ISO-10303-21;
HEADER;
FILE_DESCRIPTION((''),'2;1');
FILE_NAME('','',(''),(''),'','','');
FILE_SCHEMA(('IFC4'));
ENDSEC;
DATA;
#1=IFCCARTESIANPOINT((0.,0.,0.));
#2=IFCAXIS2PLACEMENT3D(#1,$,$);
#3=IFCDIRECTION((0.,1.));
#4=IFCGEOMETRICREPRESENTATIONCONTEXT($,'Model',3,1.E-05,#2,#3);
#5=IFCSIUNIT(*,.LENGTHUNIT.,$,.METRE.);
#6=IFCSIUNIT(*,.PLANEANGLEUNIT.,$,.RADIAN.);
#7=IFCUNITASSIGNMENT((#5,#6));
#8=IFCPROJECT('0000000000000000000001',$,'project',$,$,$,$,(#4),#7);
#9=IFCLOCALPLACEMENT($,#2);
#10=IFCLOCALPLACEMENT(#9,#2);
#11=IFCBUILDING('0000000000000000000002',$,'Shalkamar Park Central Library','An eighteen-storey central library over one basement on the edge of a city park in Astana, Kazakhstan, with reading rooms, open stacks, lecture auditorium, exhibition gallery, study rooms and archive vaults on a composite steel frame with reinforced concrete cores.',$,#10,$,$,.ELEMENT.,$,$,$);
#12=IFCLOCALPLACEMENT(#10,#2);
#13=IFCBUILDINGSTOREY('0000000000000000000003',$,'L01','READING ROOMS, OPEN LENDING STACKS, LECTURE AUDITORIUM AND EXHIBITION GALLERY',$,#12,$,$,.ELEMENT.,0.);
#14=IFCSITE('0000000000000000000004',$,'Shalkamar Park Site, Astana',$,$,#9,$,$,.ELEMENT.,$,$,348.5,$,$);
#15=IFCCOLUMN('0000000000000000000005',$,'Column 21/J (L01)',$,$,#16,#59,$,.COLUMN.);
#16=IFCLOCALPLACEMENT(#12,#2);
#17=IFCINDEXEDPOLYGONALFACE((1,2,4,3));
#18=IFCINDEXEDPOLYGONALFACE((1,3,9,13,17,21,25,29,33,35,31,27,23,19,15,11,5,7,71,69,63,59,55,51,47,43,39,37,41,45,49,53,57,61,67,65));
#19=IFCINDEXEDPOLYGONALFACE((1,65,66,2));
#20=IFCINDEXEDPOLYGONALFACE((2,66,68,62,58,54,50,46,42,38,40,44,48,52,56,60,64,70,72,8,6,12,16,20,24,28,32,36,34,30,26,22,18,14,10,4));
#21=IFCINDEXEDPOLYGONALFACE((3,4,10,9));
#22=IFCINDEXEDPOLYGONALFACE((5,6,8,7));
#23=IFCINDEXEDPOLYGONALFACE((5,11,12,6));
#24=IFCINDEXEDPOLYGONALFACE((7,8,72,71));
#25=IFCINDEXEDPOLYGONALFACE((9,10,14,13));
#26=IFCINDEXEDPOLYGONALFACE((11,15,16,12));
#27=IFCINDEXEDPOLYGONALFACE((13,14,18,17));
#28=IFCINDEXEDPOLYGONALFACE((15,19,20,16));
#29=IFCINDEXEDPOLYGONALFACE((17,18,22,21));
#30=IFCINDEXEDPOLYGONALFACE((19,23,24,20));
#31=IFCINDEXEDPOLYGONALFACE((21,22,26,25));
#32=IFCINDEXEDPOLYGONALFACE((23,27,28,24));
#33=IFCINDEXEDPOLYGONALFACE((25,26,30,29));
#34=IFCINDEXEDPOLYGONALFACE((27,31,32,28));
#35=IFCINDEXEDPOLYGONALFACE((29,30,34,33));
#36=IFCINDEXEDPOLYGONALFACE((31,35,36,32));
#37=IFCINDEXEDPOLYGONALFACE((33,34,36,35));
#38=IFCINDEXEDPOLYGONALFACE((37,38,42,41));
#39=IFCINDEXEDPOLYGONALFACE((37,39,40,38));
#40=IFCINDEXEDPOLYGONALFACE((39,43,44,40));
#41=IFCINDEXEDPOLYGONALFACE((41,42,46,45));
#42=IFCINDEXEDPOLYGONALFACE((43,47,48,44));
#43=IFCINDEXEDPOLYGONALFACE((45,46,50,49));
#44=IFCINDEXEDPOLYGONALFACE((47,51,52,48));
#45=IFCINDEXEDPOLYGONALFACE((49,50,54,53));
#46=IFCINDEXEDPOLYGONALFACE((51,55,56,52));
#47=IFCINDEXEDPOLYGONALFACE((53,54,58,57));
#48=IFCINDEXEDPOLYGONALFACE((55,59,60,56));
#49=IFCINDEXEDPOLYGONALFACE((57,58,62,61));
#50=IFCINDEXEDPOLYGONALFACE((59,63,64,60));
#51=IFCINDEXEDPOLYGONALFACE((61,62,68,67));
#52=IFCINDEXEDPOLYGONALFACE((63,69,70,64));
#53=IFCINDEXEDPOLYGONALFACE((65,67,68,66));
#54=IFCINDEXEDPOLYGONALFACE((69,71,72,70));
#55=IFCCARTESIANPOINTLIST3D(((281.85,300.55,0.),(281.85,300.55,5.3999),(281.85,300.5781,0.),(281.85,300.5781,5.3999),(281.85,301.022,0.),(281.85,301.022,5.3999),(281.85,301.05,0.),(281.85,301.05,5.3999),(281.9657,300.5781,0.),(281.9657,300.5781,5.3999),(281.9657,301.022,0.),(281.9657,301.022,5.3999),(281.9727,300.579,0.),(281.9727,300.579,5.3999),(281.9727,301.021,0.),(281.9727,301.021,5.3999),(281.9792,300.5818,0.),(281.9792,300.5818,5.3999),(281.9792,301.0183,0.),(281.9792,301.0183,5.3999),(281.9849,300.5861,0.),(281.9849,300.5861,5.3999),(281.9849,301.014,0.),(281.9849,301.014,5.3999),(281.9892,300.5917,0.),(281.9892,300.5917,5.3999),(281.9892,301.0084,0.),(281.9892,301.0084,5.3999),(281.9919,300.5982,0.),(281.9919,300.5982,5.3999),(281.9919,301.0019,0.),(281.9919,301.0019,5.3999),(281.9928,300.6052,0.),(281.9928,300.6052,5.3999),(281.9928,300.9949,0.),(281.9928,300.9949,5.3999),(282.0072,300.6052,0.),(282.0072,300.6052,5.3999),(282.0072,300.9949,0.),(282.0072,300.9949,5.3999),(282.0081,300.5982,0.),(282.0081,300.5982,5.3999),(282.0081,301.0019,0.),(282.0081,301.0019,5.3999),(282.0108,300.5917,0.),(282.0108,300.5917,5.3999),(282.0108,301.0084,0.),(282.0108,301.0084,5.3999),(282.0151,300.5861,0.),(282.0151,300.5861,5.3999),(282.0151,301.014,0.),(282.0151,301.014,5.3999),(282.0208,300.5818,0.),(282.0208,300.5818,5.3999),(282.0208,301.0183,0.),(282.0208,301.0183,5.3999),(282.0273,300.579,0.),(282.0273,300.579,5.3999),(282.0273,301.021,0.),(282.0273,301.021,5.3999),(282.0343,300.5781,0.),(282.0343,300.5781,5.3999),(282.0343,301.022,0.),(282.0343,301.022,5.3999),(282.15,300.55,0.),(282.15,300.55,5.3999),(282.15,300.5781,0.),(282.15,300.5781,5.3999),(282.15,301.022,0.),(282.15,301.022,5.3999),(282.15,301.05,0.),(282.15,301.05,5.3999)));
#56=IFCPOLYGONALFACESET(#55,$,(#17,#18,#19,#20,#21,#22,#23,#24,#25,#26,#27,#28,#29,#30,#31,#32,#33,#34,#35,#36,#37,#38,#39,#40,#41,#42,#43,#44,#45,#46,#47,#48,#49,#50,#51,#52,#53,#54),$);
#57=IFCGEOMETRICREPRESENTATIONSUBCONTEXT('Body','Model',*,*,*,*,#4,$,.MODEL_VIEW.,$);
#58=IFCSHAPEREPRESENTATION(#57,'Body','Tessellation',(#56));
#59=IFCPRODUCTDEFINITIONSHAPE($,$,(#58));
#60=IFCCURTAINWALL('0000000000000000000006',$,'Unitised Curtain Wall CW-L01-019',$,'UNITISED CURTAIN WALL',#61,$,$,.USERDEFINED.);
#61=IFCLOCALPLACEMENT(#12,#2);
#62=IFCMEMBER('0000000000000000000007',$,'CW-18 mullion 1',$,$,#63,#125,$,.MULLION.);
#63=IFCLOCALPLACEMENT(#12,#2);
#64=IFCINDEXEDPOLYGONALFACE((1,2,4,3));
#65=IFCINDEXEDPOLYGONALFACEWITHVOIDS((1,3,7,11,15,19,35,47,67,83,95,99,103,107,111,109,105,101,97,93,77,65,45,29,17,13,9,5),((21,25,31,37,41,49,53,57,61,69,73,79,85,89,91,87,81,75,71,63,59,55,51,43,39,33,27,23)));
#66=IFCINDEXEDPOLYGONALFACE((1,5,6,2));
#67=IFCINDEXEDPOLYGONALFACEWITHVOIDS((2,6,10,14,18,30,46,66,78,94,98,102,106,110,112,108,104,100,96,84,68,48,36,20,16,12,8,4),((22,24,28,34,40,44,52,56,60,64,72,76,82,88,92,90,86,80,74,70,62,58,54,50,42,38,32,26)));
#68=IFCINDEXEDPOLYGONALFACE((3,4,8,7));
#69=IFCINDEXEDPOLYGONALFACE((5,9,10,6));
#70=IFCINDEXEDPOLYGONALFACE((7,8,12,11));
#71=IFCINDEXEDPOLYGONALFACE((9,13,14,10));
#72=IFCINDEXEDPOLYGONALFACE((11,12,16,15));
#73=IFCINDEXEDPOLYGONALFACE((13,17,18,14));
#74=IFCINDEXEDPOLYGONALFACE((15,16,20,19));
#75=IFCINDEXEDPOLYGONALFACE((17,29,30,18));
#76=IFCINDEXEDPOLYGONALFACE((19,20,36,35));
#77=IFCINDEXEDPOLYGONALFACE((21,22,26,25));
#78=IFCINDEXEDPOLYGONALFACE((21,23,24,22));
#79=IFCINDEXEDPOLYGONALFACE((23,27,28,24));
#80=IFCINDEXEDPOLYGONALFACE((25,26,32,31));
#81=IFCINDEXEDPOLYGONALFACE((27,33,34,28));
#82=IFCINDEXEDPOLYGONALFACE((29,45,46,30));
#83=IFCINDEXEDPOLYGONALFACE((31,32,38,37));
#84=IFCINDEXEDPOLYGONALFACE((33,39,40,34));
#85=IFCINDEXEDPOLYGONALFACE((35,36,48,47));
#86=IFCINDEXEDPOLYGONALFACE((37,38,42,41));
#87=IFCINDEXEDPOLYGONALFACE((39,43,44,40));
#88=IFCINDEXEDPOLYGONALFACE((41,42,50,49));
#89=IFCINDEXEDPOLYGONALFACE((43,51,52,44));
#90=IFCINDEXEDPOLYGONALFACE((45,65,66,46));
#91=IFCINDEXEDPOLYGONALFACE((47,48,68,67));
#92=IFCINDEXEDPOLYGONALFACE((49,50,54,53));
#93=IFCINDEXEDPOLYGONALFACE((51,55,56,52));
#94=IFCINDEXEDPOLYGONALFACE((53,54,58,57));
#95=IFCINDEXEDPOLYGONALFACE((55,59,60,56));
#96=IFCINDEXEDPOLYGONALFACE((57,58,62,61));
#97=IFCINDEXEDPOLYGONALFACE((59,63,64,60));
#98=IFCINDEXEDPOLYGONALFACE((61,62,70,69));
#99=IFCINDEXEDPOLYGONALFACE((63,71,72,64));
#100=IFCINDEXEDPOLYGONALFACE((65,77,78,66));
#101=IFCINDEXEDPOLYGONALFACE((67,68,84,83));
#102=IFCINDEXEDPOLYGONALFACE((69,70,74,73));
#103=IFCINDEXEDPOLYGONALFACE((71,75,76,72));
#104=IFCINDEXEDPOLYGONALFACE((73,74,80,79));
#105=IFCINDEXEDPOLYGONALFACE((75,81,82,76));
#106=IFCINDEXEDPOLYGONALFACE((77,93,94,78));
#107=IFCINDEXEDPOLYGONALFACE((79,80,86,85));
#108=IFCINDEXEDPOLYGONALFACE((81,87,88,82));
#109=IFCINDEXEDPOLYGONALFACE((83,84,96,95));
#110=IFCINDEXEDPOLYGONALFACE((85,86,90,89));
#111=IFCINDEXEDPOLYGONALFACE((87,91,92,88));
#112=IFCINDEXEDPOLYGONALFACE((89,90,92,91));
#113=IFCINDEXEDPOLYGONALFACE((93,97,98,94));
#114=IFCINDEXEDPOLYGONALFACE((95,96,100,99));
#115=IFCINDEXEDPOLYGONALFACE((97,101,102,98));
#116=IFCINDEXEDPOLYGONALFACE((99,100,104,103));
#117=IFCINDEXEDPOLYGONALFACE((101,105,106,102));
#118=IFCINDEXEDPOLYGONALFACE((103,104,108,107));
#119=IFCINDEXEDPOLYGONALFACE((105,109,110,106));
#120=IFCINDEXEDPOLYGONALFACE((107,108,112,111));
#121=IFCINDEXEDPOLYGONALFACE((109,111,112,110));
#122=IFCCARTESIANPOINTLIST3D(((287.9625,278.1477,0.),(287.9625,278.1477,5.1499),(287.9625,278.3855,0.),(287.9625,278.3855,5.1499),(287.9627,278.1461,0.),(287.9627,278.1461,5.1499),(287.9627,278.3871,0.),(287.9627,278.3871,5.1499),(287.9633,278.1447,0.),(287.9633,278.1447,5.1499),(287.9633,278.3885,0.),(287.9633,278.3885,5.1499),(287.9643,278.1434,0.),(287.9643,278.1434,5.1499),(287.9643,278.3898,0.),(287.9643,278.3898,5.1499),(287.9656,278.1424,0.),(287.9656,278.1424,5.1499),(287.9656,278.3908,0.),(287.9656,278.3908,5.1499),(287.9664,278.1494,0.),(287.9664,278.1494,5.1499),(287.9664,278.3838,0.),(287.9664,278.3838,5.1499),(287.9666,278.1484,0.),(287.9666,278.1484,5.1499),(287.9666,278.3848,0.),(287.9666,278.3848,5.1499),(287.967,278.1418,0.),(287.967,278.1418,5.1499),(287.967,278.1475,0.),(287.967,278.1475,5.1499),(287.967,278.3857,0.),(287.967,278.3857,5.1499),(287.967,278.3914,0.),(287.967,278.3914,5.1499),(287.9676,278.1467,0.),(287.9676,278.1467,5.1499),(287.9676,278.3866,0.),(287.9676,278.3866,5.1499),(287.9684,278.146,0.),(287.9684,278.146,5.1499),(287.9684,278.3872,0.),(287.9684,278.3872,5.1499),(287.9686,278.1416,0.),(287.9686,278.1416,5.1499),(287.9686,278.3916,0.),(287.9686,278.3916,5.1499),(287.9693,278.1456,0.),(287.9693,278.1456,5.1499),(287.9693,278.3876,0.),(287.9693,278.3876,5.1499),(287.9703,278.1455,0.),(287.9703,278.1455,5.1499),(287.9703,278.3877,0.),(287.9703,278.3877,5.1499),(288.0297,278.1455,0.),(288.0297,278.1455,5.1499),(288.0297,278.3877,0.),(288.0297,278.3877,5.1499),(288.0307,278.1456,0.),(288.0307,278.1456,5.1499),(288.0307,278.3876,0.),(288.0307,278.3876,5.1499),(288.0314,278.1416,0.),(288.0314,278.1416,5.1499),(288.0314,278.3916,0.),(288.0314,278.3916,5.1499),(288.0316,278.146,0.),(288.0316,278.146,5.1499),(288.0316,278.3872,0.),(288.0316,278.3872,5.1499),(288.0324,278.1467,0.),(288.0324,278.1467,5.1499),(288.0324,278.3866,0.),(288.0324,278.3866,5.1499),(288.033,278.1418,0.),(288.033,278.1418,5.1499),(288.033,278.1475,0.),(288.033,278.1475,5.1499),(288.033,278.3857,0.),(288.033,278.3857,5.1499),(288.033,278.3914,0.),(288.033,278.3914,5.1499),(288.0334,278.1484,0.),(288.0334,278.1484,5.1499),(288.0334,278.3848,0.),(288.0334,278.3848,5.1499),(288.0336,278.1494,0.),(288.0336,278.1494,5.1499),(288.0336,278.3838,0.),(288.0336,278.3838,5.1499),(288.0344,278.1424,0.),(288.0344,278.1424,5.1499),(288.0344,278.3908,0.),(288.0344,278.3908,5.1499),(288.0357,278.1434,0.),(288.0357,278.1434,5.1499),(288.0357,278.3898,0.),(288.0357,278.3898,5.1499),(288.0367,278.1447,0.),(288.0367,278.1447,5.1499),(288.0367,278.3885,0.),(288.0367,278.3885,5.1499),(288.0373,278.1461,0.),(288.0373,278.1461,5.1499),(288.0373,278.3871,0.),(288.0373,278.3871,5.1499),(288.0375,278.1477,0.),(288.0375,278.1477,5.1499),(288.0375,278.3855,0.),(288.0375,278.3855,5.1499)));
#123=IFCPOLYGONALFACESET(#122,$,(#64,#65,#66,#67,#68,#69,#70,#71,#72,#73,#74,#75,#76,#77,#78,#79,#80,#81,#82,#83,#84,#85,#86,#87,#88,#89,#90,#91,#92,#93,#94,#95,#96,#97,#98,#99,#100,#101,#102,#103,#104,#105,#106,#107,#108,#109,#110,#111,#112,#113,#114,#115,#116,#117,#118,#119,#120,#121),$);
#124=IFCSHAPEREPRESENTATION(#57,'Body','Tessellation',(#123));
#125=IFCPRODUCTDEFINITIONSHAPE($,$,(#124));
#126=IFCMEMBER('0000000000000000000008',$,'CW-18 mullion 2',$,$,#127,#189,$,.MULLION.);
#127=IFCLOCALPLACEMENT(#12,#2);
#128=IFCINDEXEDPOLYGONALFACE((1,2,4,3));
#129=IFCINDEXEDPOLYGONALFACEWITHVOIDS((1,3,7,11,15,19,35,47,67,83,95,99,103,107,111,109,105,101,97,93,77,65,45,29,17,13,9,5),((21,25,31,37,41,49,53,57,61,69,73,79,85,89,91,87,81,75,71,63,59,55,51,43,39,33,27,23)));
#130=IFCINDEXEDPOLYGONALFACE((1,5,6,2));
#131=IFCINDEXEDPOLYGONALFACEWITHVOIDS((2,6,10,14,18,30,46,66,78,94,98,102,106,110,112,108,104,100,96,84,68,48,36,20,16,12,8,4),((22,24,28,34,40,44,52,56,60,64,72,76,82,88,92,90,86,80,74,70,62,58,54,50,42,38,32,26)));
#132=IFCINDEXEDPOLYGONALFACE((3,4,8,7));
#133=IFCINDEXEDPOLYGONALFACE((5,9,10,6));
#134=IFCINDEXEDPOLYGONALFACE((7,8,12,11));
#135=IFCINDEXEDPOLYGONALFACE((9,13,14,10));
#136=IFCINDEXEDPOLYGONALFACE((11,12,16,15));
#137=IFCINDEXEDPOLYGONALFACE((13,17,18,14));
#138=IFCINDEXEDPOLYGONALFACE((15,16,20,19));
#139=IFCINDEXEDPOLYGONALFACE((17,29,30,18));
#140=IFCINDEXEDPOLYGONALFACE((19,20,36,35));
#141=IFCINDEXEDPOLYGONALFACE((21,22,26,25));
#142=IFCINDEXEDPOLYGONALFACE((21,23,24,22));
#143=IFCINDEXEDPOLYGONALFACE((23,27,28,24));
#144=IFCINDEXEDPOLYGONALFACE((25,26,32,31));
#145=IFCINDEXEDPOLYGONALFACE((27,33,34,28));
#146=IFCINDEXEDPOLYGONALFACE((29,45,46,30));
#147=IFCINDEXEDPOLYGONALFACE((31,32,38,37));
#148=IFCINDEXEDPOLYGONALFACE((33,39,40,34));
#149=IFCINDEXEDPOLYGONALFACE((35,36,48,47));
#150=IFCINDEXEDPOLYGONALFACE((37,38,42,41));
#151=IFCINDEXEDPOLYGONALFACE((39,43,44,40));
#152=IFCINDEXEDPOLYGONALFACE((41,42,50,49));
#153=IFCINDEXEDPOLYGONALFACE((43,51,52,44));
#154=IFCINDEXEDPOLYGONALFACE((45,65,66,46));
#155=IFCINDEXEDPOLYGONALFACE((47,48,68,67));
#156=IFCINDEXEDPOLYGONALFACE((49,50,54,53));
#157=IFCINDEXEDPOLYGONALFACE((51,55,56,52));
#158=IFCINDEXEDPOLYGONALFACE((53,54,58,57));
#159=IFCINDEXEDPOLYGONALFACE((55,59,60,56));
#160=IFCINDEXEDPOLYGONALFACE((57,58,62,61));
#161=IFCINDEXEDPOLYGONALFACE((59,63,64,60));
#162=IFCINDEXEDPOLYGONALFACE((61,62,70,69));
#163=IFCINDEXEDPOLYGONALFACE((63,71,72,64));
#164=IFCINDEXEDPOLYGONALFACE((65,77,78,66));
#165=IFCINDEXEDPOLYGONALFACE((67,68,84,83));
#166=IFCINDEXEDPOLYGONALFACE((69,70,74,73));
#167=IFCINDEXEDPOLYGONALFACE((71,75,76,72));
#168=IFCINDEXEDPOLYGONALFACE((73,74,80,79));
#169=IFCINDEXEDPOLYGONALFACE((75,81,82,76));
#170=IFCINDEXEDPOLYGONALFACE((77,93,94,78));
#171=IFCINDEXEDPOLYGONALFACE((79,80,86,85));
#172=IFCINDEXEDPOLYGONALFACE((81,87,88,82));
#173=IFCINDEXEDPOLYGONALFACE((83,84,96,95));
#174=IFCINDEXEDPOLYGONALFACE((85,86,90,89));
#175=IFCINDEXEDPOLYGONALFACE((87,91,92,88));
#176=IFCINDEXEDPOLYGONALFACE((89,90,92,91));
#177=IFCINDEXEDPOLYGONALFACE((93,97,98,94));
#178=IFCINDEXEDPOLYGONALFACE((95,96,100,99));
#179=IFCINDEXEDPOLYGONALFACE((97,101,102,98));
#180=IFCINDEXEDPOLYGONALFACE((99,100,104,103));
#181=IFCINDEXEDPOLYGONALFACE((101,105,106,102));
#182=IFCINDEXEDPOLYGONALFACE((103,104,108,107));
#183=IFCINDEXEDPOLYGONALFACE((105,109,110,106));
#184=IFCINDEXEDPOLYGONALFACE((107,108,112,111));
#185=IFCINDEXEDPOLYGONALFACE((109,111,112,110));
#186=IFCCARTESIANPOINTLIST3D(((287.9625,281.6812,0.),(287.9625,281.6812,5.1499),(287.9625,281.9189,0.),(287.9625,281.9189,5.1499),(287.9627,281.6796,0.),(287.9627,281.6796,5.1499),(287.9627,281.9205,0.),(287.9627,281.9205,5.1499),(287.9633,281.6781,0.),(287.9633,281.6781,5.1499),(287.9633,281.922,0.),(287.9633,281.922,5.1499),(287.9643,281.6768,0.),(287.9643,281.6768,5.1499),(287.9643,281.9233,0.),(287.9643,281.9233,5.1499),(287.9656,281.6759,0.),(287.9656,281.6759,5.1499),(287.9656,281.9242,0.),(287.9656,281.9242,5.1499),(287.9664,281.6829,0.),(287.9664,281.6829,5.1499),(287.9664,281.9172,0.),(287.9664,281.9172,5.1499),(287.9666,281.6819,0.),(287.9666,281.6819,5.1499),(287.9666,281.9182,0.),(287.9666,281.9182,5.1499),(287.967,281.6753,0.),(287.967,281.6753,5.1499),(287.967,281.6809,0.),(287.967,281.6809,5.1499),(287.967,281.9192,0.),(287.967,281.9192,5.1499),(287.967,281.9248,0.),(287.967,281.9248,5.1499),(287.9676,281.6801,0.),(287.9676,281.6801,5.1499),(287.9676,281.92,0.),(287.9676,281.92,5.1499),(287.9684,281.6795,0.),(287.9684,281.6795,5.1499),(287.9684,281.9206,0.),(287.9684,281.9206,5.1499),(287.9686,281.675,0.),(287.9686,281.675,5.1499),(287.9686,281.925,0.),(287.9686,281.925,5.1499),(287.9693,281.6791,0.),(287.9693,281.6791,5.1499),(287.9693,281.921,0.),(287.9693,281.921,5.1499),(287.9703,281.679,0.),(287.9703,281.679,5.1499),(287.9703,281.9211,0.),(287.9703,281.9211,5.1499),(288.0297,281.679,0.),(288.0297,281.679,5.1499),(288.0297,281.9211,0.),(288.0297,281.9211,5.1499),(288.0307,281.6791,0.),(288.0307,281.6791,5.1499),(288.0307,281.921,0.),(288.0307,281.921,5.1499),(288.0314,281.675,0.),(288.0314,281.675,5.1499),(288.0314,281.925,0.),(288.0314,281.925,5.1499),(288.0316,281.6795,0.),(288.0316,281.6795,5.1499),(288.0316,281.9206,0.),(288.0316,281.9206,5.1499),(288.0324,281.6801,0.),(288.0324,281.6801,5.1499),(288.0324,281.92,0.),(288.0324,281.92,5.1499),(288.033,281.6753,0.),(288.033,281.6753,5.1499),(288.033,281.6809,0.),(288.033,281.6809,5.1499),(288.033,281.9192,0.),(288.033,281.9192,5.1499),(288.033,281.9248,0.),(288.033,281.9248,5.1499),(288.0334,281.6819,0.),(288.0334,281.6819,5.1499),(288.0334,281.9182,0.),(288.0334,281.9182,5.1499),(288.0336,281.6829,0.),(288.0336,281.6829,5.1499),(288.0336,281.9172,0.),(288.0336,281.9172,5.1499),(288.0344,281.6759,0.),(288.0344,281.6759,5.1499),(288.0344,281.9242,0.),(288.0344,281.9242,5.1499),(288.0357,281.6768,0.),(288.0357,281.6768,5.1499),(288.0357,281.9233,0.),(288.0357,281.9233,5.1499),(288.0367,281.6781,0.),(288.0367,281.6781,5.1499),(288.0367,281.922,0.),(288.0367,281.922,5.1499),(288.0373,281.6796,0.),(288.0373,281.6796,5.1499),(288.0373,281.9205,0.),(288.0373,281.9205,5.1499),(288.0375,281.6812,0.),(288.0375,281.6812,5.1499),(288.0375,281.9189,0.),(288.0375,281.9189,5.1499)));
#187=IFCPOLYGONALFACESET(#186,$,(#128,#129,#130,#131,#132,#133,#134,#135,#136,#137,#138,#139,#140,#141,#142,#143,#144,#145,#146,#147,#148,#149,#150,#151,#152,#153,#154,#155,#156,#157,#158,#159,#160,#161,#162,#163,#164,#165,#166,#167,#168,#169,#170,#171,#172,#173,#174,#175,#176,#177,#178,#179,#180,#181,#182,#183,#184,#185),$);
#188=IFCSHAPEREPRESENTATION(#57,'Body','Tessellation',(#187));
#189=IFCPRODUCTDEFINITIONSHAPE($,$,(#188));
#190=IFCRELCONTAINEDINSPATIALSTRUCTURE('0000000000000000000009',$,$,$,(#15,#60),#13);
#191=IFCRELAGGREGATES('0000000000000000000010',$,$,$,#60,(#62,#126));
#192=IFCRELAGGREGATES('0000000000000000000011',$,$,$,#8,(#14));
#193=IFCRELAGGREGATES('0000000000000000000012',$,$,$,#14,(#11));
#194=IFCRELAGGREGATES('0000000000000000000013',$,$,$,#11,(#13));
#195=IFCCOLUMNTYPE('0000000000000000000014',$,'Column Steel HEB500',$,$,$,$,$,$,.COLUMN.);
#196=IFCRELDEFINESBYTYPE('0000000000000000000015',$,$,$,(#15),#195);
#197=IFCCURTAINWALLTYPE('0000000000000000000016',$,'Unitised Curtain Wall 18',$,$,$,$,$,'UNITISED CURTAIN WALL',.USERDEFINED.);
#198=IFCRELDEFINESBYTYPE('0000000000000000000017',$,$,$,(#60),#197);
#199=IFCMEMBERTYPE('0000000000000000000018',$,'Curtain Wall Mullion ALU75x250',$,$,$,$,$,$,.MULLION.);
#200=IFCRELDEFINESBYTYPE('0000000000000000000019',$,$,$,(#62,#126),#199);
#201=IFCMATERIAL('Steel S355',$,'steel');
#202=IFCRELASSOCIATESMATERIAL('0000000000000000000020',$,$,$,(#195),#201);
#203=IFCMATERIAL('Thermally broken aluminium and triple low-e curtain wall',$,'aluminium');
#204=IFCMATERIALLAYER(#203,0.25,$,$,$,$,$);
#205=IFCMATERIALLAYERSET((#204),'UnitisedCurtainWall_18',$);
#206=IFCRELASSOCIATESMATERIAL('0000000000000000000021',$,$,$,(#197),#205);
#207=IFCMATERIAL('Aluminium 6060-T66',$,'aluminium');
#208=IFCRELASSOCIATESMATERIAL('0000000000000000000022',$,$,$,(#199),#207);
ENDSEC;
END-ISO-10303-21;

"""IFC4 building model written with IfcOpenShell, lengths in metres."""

from ifc_helpers import new_model, si_unit, direction, frame, origin, origin_2d, place, context, subcontext, project, spatial, hollow_rectangle, i_section, extrude, material, layer, layer_set, material_profile, profile_set, type_object, element, aggregate, save


model = new_model("IFC4")

# Units and contexts
model_context = context("Model", 3, precision=1e-05, world=origin(), true_north=direction((0.0, 1.0)))
body_context = subcontext(model_context, "Body", "Model", "MODEL_VIEW")
ifc_project = project(units=[si_unit("LENGTHUNIT", "METRE"), si_unit("PLANEANGLEUNIT", "RADIAN")], contexts=[model_context])

# Site, building, storey
site_placement = place(None, origin())
site = spatial("IfcSite", under=ifc_project, at=site_placement, Name="Shalkamar Park Site, Astana", CompositionType="ELEMENT", RefElevation=348.5)
building_placement = place(site_placement, origin())
building = spatial("IfcBuilding", under=site, at=building_placement, Name="Shalkamar Park Central Library", Description="An eighteen-storey central library over one basement on the edge of a city park in Astana, Kazakhstan, with reading rooms, open stacks, lecture auditorium, exhibition gallery, study rooms and archive vaults on a composite steel frame with reinforced concrete cores.", CompositionType="ELEMENT")
storey_placement = place(building_placement, origin())
storey = spatial("IfcBuildingStorey", under=building, at=storey_placement, Name="L01", Description="READING ROOMS, OPEN LENDING STACKS, LECTURE AUDITORIUM AND EXHIBITION GALLERY", CompositionType="ELEMENT", Elevation=0.0)

# Column
ifc_material_1 = material(Name="Steel S355", Category="steel")
ifc_material_profile_1 = material_profile(ifc_material_1, i_section(OverallWidth=0.3, OverallDepth=0.5, WebThickness=0.0144, FlangeThickness=0.0281, FilletRadius=0.0271, at=origin_2d()), Name="HEB 500")
ifc_profile_set_1 = profile_set([ifc_material_profile_1], Name="Steel S355")
column_type_1 = type_object("IfcColumnType", Name="Column Steel HEB500", PredefinedType="COLUMN", material=ifc_profile_set_1)
for number, where, z_axis, x_axis, name in (
    (1, (282.0, 300.8, 0.0), (0.0, 0.0, 1.0), (1.0, 0.0, 0.0), "Column 21/J (L01)"),
):
    element("IfcColumn", number, at=place(storey_placement, frame(where, z_axis=z_axis, x_axis=x_axis)), inside=storey, type_object=column_type_1, Name=name, PredefinedType="COLUMN", context=body_context, shape_type="SweptSolid", body=[
        extrude(i_section(OverallWidth=0.3, OverallDepth=0.5, WebThickness=0.0144, FlangeThickness=0.0281, FilletRadius=0.0271, at=origin_2d()), origin(), (0.0, 0.0, 1.0), 5.3999),
    ])

# Curtain wall, members
ifc_material_2 = material(Name="Thermally broken aluminium and triple low-e curtain wall", Category="aluminium")
ifc_layer_1 = layer(ifc_material_2, 0.25)
ifc_layer_set_1 = layer_set([ifc_layer_1], Name="UnitisedCurtainWall_18")
curtain_wall_type = type_object("IfcCurtainWallType", Name="Unitised Curtain Wall 18", ElementType="UNITISED CURTAIN WALL", PredefinedType="USERDEFINED", material=ifc_layer_set_1)
curtain_wall_placement = place(storey_placement, origin())
curtain_wall = element("IfcCurtainWall", 2, at=curtain_wall_placement, inside=storey, type_object=curtain_wall_type, Name="Unitised Curtain Wall CW-L01-019", ObjectType="UNITISED CURTAIN WALL", PredefinedType="USERDEFINED")
ifc_material_3 = material(Name="Aluminium 6060-T66", Category="aluminium")
ifc_material_profile_2 = material_profile(ifc_material_3, hollow_rectangle(XDim=0.075, YDim=0.25, WallThickness=0.0039, InnerFilletRadius=0.0039, OuterFilletRadius=0.0061, at=origin_2d()), Name="ALU 75x250x4")
ifc_profile_set_2 = profile_set([ifc_material_profile_2], Name="Aluminium 6060-T66")
member_type_1 = type_object("IfcMemberType", Name="Curtain Wall Mullion ALU75x250", PredefinedType="MULLION", material=ifc_profile_set_2)
member_1_placement = place(storey_placement, frame((288.0, 278.2666, 0.0), z_axis=(0.0, 0.0, 1.0), x_axis=(-1.0, 0.0, 0.0)))
member_1 = element("IfcMember", 3, at=member_1_placement, type_object=member_type_1, Name="CW-18 mullion 1", PredefinedType="MULLION", context=body_context, shape_type="SweptSolid", body=[
    extrude(hollow_rectangle(XDim=0.075, YDim=0.25, WallThickness=0.0039, InnerFilletRadius=0.0039, OuterFilletRadius=0.0061, at=origin_2d()), origin(), (0.0, 0.0, 1.0), 5.1499),
])
member_2_placement = place(storey_placement, frame((288.0, 281.8, 0.0), z_axis=(0.0, 0.0, 1.0), x_axis=(-1.0, 0.0, 0.0)))
member_2 = element("IfcMember", 4, at=member_2_placement, type_object=member_type_1, Name="CW-18 mullion 2", PredefinedType="MULLION", context=body_context, shape_type="SweptSolid", body=[
    extrude(hollow_rectangle(XDim=0.075, YDim=0.25, WallThickness=0.0039, InnerFilletRadius=0.0039, OuterFilletRadius=0.0061, at=origin_2d()), origin(), (0.0, 0.0, 1.0), 5.1499),
])

aggregate(curtain_wall, [member_1, member_2])

save(model, "model.ifc")
